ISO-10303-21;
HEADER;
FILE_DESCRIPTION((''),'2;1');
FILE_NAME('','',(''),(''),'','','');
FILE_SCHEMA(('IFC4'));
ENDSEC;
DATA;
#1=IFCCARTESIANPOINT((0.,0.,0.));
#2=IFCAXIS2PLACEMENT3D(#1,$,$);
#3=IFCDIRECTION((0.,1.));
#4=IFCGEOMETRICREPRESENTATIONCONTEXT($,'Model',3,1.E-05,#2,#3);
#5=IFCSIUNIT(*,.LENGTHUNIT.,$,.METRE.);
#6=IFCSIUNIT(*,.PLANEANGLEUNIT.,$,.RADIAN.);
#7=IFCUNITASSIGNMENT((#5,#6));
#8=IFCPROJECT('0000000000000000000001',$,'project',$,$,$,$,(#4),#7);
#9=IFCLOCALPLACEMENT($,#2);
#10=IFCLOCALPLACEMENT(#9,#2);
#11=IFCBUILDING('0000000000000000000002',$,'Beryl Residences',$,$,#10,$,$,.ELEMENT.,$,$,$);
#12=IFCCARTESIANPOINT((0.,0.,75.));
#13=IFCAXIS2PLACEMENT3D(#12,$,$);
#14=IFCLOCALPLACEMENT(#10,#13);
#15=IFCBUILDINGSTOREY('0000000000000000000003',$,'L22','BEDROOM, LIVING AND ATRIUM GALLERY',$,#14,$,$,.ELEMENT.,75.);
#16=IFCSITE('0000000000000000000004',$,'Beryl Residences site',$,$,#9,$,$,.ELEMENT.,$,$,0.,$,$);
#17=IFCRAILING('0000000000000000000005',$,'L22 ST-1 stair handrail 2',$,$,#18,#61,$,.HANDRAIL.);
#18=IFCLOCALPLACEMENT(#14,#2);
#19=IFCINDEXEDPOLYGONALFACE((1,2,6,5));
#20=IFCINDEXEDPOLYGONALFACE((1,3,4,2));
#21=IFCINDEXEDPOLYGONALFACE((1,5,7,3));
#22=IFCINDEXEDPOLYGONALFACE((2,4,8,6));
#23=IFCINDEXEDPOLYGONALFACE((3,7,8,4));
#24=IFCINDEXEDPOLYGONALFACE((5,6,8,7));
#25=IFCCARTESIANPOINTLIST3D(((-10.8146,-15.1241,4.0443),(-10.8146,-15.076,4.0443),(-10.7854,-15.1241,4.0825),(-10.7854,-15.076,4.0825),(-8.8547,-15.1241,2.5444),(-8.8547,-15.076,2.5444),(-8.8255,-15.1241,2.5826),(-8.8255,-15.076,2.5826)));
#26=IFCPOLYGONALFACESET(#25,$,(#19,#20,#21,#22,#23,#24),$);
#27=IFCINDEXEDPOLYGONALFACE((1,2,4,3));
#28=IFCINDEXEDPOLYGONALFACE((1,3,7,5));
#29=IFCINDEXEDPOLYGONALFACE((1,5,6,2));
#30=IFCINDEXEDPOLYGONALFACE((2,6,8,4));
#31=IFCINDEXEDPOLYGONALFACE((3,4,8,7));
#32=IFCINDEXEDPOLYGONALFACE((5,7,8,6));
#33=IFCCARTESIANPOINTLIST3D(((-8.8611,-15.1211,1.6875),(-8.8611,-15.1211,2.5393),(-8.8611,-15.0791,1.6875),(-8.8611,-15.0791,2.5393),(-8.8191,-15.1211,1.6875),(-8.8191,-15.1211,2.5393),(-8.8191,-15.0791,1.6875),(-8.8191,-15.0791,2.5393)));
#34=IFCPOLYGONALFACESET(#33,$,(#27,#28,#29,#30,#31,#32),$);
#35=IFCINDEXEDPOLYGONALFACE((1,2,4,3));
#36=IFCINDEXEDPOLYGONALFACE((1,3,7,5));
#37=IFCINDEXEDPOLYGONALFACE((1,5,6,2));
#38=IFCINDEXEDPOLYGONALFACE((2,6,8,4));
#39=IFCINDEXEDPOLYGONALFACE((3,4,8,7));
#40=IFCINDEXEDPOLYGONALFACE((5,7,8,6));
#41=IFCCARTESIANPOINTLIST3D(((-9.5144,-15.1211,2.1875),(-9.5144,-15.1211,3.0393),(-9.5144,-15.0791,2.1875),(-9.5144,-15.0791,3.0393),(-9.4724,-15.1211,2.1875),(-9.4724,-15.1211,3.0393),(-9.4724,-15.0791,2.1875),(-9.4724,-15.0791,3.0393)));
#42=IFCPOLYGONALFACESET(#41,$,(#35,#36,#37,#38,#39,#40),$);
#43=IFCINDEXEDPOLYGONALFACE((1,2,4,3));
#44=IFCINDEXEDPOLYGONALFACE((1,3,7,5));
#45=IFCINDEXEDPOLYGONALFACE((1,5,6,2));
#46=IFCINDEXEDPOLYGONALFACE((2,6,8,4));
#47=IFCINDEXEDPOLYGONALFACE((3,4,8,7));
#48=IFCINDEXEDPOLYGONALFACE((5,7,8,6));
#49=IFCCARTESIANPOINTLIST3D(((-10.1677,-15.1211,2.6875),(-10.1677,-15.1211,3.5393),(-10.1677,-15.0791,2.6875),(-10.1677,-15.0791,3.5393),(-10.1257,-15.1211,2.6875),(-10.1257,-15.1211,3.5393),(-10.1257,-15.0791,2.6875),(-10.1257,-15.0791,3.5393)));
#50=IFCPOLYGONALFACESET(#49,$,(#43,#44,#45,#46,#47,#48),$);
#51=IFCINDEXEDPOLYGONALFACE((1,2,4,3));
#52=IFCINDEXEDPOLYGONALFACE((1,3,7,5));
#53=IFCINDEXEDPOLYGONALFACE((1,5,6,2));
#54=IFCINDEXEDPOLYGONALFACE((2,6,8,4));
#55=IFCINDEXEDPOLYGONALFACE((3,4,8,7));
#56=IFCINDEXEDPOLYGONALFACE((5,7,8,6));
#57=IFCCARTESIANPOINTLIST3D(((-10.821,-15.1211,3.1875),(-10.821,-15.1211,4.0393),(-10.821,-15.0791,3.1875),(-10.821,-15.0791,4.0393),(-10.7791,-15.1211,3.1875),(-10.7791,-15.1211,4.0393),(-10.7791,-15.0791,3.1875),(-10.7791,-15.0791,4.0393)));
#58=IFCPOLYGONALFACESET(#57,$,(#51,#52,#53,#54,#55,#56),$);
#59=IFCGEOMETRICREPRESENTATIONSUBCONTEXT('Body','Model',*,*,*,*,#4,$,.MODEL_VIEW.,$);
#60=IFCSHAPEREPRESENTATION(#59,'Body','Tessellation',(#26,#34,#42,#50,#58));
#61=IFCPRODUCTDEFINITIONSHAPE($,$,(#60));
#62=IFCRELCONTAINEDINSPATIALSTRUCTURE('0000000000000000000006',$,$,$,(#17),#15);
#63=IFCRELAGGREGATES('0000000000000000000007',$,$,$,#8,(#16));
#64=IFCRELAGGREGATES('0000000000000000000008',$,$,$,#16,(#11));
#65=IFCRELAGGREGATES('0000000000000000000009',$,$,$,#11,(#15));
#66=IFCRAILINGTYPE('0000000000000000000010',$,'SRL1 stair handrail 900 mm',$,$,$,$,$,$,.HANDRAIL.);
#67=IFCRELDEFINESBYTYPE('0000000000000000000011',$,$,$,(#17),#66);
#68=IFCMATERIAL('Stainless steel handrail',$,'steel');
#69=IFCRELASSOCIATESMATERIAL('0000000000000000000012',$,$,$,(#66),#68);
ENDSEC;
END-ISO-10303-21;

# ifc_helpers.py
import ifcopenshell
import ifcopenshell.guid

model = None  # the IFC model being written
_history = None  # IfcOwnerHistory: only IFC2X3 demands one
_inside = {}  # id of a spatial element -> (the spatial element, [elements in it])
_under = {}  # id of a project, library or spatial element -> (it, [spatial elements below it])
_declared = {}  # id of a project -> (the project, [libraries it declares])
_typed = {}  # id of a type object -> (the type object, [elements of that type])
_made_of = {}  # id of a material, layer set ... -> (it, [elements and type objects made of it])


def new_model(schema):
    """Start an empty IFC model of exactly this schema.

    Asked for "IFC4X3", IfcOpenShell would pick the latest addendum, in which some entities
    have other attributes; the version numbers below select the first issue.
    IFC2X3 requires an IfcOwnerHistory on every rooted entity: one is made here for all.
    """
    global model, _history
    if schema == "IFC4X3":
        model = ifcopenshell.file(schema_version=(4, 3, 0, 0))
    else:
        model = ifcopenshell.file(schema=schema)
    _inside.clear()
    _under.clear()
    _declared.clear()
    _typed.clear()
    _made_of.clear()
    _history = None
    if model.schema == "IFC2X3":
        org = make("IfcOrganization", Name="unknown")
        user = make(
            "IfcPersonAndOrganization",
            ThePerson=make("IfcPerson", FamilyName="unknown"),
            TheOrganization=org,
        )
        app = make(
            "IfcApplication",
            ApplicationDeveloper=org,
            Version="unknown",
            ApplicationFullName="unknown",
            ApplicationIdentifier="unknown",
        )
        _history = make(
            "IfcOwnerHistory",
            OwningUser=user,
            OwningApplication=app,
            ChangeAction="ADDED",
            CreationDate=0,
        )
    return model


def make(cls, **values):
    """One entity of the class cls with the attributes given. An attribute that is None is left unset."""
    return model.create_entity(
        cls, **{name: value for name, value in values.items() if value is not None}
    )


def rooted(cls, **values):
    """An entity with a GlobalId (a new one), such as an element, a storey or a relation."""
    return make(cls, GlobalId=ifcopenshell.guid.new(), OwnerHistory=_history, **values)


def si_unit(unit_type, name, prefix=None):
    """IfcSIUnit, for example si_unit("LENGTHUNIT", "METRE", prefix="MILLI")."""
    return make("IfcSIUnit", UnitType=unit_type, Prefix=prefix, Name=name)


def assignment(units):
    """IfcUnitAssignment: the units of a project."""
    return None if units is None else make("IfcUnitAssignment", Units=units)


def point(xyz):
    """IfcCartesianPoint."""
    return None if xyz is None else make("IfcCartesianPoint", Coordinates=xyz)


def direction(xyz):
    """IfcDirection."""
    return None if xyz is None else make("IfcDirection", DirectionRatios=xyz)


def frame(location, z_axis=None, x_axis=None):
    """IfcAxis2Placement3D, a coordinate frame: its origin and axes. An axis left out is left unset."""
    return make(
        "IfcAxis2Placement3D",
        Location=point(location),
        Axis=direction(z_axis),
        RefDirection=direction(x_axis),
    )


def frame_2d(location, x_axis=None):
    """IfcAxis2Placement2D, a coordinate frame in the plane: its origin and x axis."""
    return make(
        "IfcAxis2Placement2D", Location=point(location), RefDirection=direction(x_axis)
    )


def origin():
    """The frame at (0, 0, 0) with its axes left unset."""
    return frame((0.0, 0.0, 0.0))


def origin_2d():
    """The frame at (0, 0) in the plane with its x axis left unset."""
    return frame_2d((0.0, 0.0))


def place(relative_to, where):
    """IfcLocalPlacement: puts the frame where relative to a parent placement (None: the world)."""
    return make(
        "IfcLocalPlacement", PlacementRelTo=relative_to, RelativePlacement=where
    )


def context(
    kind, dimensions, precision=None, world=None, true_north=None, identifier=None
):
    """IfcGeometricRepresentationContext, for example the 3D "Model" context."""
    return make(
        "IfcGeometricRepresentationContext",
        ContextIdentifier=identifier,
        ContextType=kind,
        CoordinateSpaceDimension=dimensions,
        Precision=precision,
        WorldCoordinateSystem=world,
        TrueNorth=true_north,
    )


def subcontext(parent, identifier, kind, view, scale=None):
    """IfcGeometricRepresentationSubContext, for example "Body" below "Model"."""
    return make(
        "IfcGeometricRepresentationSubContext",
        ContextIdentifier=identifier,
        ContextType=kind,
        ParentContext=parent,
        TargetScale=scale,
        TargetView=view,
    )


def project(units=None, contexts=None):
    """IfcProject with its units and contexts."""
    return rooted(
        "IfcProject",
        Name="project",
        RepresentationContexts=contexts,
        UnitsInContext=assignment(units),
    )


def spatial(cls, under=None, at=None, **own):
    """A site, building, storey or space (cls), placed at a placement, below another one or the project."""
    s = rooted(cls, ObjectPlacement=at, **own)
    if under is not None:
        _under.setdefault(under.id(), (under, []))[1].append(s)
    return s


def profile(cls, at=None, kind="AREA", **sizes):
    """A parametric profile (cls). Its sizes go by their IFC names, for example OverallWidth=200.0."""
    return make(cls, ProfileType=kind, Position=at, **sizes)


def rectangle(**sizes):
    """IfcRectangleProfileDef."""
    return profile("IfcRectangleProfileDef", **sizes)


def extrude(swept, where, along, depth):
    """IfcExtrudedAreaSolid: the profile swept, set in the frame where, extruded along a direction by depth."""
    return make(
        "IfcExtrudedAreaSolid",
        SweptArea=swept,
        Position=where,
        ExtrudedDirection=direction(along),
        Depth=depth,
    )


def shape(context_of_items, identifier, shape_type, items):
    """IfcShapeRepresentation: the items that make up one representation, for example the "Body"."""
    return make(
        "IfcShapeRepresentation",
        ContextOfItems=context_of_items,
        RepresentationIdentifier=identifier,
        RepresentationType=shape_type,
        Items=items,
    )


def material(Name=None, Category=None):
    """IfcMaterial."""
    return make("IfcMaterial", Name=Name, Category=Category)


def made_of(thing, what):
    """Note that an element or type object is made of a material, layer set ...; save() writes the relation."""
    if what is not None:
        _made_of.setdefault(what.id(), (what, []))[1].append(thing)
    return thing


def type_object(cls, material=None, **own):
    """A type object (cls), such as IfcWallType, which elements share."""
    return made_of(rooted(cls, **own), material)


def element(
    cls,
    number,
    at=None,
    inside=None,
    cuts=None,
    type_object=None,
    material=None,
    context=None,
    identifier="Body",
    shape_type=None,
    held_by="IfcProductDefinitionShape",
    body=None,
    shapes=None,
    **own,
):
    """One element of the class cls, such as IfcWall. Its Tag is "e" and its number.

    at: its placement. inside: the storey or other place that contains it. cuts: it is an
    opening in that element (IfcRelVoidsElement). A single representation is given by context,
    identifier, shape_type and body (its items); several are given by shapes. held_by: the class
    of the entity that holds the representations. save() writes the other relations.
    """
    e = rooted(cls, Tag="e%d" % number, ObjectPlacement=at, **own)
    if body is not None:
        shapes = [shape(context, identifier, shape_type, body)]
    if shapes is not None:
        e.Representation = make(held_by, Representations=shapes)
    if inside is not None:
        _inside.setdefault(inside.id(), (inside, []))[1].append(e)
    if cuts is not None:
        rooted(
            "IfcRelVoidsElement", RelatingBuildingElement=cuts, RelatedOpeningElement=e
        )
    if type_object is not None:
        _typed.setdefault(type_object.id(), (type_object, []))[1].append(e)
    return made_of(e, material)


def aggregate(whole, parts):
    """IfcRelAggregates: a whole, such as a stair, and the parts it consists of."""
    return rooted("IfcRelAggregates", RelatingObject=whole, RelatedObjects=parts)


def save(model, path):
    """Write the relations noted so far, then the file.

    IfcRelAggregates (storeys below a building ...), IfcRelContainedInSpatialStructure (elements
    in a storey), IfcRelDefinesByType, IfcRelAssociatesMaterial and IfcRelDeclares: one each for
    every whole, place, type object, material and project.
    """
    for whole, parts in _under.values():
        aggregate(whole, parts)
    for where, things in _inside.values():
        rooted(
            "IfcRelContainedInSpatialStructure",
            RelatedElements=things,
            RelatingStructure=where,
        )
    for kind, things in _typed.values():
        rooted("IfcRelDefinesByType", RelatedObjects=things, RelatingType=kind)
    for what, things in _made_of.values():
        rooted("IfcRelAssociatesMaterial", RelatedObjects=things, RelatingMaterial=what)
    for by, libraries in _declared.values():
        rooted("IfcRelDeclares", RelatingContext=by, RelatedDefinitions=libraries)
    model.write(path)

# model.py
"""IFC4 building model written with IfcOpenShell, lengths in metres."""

from ifc_helpers import new_model, si_unit, direction, frame, origin, origin_2d, place, context, subcontext, project, spatial, rectangle, extrude, material, type_object, element, save


model = new_model("IFC4")

# Units and contexts
model_context = context("Model", 3, precision=1e-05, world=origin(), true_north=direction((0.0, 1.0)))
body_context = subcontext(model_context, "Body", "Model", "MODEL_VIEW")
ifc_project = project(units=[si_unit("LENGTHUNIT", "METRE"), si_unit("PLANEANGLEUNIT", "RADIAN")], contexts=[model_context])

# Site, building, storey
site_placement = place(None, origin())
site = spatial("IfcSite", under=ifc_project, at=site_placement, Name="Beryl Residences site", CompositionType="ELEMENT", RefElevation=0.0)
building_placement = place(site_placement, origin())
building = spatial("IfcBuilding", under=site, at=building_placement, Name="Beryl Residences", CompositionType="ELEMENT")
storey_placement = place(building_placement, frame((0.0, 0.0, 75.0)))
storey = spatial("IfcBuildingStorey", under=building, at=storey_placement, Name="L22", Description="BEDROOM, LIVING AND ATRIUM GALLERY", CompositionType="ELEMENT", Elevation=75.0)

# Railing
ifc_material_1 = material(Name="Stainless steel handrail", Category="steel")
railing_type_1 = type_object("IfcRailingType", Name="SRL1 stair handrail 900 mm", PredefinedType="HANDRAIL", material=ifc_material_1)
railing_1_placement = place(storey_placement, frame((-8.8401, -15.1001, 1.6875)))
element("IfcRailing", 1, at=railing_1_placement, inside=storey, type_object=railing_type_1, Name="L22 ST-1 stair handrail 2", PredefinedType="HANDRAIL", context=body_context, shape_type="SweptSolid", body=[
    extrude(rectangle(XDim=0.0481, YDim=0.0481, at=origin_2d()), frame((0.0, 0.0, 0.876), z_axis=(-0.794122, 0.0, 0.607758), x_axis=(0.0, -1.0, 0.0)), (0.0, 0.0, 1.0), 2.468),
    extrude(rectangle(XDim=0.042, YDim=0.042, at=origin_2d()), origin(), (0.0, 0.0, 1.0), 0.8518),
    extrude(rectangle(XDim=0.042, YDim=0.042, at=origin_2d()), frame((-0.6533, 0.0, 0.5)), (0.0, 0.0, 1.0), 0.8518),
    extrude(rectangle(XDim=0.042, YDim=0.042, at=origin_2d()), frame((-1.3066, 0.0, 1.0)), (0.0, 0.0, 1.0), 0.8518),
    extrude(rectangle(XDim=0.042, YDim=0.042, at=origin_2d()), frame((-1.96, 0.0, 1.5)), (0.0, 0.0, 1.0), 0.8518),
])

save(model, "model.ifc")
